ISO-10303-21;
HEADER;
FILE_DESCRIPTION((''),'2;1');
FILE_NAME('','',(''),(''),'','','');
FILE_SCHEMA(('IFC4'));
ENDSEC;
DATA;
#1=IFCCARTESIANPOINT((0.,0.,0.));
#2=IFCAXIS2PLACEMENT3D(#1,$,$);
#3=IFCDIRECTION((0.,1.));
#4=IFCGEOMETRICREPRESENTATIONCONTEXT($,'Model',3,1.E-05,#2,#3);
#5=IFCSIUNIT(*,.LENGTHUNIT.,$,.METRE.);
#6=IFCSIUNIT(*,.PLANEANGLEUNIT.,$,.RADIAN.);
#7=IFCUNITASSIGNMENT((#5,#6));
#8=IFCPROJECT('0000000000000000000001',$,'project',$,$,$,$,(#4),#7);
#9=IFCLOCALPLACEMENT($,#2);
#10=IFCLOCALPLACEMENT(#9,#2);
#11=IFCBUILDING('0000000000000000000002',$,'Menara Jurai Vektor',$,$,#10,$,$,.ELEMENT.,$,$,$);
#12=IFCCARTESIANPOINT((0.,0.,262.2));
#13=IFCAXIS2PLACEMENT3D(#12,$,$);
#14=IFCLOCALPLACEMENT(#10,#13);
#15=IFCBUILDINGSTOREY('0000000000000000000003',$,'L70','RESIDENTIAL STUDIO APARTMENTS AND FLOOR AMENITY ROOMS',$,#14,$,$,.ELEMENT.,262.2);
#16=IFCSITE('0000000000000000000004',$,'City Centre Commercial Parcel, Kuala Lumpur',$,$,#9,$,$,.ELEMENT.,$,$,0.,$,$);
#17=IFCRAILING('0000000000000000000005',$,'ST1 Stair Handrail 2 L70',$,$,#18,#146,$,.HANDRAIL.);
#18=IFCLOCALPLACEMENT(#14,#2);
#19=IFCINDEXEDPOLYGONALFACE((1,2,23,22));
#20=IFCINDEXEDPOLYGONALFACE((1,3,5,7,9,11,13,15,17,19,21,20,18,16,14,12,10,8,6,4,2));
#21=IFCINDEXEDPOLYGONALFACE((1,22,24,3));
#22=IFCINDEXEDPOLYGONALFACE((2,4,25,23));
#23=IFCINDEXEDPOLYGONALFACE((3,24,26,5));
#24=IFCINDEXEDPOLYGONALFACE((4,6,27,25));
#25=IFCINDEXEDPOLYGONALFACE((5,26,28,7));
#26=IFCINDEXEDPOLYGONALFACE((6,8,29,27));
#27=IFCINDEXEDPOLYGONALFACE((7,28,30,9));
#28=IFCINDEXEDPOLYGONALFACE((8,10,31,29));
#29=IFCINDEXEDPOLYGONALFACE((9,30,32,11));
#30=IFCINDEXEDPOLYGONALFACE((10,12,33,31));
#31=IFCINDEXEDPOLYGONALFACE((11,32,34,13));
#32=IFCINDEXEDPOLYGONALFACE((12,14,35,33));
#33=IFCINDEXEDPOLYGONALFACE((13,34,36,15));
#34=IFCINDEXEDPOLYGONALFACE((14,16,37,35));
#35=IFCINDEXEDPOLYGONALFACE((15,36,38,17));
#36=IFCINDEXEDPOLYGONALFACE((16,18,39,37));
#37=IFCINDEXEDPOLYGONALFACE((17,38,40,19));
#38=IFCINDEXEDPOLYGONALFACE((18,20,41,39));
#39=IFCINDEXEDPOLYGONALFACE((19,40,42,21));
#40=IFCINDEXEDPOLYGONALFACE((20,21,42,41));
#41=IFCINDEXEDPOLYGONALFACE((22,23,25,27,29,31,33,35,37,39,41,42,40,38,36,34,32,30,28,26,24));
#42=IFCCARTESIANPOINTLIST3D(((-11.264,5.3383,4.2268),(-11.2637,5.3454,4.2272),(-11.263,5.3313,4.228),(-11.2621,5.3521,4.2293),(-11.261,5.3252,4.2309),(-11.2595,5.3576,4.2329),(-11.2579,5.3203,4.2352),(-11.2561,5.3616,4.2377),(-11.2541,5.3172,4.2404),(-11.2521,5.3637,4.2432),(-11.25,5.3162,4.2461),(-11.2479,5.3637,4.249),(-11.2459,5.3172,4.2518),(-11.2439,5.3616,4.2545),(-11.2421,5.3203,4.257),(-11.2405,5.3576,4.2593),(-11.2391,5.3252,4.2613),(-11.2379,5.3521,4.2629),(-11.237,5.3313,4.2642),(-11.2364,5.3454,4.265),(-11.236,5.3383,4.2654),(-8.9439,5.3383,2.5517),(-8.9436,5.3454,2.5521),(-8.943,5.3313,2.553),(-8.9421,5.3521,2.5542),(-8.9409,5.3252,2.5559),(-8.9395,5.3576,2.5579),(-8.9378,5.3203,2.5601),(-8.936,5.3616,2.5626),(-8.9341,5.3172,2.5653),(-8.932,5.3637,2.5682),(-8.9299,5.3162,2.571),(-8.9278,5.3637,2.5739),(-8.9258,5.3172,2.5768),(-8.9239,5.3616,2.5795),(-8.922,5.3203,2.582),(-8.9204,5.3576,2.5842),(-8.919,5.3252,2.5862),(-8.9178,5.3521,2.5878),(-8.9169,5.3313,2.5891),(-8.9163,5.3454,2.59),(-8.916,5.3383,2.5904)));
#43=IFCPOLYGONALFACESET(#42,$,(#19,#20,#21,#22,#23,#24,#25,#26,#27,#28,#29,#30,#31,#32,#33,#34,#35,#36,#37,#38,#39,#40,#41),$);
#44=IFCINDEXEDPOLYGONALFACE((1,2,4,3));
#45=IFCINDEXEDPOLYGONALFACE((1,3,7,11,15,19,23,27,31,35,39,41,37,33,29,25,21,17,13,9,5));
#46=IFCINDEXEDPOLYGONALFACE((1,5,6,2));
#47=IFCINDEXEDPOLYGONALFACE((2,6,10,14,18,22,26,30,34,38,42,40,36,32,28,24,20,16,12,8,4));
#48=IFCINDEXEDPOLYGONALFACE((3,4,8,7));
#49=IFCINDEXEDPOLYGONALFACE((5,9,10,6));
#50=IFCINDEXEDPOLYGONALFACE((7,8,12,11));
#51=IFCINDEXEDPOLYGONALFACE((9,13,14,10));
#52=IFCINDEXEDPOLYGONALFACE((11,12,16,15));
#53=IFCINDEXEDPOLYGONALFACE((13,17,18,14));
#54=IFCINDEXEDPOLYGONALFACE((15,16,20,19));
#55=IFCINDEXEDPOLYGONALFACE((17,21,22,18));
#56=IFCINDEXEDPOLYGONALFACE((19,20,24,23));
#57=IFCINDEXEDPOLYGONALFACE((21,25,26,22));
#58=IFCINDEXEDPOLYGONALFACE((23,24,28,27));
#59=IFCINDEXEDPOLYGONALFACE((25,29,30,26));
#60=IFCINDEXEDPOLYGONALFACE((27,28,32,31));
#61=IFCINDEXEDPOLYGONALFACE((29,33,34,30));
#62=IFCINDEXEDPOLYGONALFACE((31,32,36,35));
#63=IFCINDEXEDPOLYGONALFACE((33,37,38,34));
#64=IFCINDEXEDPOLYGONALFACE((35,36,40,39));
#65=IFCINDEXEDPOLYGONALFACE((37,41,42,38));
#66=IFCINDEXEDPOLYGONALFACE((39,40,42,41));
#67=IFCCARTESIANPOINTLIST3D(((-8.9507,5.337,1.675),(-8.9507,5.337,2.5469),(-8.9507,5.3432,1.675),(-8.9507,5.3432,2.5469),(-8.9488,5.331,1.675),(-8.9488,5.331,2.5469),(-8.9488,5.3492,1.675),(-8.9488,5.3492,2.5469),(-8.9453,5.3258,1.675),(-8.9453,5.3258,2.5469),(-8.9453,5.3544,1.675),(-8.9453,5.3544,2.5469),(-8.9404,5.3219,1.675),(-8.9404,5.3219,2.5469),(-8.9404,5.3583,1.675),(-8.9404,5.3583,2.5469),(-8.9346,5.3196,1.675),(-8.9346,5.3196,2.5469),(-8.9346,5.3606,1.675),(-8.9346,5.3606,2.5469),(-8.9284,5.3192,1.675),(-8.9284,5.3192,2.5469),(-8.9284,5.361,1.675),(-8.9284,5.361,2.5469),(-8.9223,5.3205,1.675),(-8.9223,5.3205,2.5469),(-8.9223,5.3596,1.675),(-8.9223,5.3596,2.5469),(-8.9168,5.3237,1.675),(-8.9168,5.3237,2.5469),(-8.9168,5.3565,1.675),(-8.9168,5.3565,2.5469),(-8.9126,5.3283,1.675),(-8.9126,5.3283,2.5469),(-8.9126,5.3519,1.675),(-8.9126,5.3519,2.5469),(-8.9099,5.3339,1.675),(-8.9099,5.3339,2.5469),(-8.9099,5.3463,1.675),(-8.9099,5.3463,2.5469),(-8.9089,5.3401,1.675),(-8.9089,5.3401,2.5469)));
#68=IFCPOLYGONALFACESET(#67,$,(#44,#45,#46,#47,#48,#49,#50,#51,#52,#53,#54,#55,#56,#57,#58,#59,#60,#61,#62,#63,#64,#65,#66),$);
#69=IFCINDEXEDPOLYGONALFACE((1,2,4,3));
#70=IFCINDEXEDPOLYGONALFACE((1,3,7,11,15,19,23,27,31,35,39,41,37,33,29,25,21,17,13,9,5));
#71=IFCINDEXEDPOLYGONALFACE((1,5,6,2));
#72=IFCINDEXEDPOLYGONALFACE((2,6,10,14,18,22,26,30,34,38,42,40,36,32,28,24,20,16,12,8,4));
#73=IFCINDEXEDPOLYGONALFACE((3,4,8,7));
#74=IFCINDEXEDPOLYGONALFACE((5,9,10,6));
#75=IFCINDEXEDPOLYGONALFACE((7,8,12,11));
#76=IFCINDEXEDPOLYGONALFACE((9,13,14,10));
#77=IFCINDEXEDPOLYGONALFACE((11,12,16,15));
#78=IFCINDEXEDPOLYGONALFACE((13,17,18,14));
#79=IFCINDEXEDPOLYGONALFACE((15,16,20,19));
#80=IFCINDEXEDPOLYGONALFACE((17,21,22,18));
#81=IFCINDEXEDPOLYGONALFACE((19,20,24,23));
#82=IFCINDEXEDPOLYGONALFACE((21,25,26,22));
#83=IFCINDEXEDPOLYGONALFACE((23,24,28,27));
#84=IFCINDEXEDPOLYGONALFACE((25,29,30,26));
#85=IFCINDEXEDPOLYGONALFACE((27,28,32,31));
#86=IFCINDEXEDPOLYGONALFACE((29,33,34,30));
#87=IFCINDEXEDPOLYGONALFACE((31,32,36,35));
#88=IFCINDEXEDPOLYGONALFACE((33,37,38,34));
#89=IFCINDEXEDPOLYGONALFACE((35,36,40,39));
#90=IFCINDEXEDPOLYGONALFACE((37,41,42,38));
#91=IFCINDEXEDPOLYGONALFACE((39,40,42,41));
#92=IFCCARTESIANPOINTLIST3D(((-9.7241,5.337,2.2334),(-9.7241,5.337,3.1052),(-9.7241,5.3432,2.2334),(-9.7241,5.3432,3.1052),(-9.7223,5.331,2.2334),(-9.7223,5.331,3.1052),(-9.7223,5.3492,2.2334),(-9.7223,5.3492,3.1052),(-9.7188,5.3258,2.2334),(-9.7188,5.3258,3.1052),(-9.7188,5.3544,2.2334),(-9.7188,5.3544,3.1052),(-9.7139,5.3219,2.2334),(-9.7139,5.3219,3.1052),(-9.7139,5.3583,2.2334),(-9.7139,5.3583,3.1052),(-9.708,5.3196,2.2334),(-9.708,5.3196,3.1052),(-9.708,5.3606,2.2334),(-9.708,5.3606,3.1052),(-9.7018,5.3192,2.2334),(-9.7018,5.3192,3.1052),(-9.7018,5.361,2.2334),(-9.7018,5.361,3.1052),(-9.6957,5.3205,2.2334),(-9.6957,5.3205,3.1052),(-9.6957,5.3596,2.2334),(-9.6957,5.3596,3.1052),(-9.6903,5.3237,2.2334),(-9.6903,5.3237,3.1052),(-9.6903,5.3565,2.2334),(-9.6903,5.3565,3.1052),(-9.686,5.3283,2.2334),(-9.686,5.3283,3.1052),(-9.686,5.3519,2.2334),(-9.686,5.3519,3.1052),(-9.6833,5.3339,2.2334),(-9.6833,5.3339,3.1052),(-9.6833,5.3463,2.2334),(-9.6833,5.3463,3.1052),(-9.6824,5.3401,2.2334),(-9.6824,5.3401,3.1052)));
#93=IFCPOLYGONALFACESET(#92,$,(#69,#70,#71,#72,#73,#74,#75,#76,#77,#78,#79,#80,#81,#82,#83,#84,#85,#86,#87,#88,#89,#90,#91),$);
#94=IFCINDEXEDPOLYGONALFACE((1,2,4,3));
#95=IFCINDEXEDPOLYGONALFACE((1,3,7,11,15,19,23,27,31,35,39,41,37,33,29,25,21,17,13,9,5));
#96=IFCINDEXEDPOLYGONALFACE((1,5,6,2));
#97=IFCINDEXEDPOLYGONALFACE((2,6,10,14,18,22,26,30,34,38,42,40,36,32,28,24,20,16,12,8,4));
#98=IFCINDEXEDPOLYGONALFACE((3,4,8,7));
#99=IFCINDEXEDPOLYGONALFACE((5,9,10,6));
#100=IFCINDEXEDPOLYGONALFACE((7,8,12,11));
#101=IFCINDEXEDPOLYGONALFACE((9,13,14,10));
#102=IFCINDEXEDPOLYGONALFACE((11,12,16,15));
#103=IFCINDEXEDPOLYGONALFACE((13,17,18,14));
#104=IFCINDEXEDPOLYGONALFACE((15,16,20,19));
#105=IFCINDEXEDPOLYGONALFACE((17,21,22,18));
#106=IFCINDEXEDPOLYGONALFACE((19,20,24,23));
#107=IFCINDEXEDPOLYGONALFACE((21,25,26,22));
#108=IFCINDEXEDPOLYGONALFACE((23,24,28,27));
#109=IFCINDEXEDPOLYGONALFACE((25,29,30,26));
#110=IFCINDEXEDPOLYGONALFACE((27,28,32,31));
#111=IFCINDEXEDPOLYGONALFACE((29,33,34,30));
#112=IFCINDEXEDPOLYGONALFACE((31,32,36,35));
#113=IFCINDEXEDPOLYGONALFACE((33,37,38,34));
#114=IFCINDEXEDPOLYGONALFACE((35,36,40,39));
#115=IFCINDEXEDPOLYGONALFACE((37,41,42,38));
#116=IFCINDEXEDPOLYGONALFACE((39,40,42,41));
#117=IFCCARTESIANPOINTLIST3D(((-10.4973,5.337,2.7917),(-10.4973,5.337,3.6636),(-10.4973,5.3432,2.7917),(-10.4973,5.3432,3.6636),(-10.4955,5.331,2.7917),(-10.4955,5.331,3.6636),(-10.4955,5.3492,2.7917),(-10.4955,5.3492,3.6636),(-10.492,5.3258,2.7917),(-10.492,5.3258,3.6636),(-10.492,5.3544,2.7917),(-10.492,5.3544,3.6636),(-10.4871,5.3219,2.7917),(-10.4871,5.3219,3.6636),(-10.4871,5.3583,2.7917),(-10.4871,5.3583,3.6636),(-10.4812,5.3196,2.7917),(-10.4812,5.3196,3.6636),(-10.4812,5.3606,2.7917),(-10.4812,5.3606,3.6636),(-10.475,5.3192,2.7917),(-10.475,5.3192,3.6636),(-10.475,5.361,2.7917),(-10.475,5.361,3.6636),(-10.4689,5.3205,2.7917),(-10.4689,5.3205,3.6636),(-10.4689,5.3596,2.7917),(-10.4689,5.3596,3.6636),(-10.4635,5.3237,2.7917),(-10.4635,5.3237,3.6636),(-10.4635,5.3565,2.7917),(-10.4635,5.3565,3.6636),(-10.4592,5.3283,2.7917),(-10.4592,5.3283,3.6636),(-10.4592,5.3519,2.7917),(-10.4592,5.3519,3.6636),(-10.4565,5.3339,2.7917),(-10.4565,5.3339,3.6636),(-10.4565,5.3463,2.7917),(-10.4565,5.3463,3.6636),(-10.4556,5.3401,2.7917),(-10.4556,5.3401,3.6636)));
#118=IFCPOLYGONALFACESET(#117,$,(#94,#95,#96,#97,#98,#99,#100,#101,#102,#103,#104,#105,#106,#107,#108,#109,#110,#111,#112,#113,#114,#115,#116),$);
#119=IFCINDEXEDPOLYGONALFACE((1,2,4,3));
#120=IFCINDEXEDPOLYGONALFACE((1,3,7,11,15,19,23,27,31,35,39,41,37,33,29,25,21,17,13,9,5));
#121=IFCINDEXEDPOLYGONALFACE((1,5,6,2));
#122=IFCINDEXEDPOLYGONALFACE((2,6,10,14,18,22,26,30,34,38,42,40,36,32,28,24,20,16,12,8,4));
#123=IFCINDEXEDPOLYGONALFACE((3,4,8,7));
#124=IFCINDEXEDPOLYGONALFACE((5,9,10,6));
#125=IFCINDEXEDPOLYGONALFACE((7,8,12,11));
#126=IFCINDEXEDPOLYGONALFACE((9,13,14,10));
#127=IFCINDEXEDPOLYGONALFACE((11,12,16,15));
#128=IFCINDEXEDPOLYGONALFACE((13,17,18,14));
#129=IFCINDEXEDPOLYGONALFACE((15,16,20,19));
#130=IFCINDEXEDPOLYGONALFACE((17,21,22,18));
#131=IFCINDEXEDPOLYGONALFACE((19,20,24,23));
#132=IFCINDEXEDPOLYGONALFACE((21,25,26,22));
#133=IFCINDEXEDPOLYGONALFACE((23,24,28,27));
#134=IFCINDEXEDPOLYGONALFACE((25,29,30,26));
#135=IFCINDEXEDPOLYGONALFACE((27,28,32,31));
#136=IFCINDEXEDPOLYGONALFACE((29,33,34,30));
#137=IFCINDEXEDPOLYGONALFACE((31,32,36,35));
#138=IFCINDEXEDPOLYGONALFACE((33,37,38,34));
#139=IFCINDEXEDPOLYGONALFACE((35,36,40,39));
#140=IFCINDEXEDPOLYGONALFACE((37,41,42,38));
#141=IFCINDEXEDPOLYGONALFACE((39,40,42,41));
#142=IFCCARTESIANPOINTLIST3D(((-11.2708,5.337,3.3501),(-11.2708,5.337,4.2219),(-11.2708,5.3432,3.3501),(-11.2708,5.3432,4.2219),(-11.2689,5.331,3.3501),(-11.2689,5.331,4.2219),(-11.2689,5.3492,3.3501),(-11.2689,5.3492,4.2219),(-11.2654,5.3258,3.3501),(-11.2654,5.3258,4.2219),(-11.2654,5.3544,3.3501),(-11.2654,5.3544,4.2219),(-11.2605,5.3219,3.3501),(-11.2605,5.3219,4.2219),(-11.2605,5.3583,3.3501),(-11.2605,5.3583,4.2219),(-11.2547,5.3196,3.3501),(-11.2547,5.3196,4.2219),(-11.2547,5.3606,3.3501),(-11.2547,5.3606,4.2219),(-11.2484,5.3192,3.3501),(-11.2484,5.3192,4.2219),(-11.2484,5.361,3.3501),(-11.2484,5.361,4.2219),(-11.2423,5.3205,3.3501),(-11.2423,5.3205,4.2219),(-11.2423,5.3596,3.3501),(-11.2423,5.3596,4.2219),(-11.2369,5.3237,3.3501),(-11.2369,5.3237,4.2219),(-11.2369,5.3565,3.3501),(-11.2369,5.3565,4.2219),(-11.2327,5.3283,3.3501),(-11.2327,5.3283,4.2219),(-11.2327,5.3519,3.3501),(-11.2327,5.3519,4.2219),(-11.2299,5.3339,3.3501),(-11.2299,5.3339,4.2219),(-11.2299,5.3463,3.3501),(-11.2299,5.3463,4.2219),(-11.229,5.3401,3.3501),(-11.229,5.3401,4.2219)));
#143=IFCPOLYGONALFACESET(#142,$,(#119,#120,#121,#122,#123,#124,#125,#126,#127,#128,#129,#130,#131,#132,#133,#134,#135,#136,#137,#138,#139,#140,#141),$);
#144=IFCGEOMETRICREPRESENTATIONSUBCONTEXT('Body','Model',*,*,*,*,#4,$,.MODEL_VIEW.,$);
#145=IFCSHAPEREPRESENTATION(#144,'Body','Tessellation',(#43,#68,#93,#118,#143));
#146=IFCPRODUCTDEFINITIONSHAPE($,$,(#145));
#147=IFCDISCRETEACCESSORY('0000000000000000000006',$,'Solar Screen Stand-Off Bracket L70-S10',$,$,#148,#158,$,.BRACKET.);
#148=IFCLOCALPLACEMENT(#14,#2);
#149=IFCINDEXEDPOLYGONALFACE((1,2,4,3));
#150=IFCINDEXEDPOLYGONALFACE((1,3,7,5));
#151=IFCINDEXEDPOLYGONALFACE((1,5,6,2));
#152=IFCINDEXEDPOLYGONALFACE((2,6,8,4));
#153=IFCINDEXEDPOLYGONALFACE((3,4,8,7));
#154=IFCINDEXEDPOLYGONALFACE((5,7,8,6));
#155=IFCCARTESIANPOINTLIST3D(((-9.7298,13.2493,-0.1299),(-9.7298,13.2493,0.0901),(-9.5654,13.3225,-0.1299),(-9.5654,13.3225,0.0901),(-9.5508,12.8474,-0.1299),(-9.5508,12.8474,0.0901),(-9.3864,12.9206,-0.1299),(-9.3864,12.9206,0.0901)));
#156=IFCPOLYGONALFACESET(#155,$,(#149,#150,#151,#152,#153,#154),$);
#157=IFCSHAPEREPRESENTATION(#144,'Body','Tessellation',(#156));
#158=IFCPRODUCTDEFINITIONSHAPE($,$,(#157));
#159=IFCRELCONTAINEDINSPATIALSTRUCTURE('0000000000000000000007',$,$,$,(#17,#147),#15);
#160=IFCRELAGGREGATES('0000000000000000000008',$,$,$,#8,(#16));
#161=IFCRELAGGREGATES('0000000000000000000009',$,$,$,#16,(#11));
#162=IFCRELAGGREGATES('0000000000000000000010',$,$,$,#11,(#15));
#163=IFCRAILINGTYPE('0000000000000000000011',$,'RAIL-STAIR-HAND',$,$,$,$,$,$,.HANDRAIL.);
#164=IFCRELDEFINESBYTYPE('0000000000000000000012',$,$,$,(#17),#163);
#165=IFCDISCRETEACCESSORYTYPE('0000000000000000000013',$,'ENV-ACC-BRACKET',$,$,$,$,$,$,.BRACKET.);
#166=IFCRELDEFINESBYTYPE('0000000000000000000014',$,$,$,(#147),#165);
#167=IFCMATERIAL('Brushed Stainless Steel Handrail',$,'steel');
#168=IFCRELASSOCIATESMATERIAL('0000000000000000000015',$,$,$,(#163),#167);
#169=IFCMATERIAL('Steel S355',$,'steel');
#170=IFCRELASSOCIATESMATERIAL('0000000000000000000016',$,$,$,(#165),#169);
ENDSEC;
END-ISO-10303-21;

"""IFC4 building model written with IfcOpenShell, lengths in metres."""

from ifc_helpers import new_model, si_unit, direction, frame, origin, origin_2d, place, context, subcontext, project, spatial, rectangle, circle, extrude, material, type_object, element, save


model = new_model("IFC4")

# Units and contexts
model_context = context("Model", 3, precision=1e-05, world=origin(), true_north=direction((0.0, 1.0)))
body_context = subcontext(model_context, "Body", "Model", "MODEL_VIEW")
ifc_project = project(units=[si_unit("LENGTHUNIT", "METRE"), si_unit("PLANEANGLEUNIT", "RADIAN")], contexts=[model_context])

# Site, building, storey
site_placement = place(None, origin())
site = spatial("IfcSite", under=ifc_project, at=site_placement, Name="City Centre Commercial Parcel, Kuala Lumpur", CompositionType="ELEMENT", RefElevation=0.0)
building_placement = place(site_placement, origin())
building = spatial("IfcBuilding", under=site, at=building_placement, Name="Menara Jurai Vektor", CompositionType="ELEMENT")
storey_placement = place(building_placement, frame((0.0, 0.0, 262.2)))
storey = spatial("IfcBuildingStorey", under=building, at=storey_placement, Name="L70", Description="RESIDENTIAL STUDIO APARTMENTS AND FLOOR AMENITY ROOMS", CompositionType="ELEMENT", Elevation=262.2)

# Shared definitions
ifc_material_1 = material(Name="Steel S355", Category="steel")

# Railing
ifc_material_2 = material(Name="Brushed Stainless Steel Handrail", Category="steel")
railing_type = type_object("IfcRailingType", Name="RAIL-STAIR-HAND", PredefinedType="HANDRAIL", material=ifc_material_2)
railing_placement = place(storey_placement, frame((-8.9299, 5.3401, 1.675)))
element("IfcRailing", 1, at=railing_placement, inside=storey, type_object=railing_type, Name="ST1 Stair Handrail 2 L70", PredefinedType="HANDRAIL", context=body_context, shape_type="SweptSolid", body=[
    extrude(circle(Radius=0.0239, at=origin_2d()), frame((0.0, 0.0, 0.896), z_axis=(-0.810771, 0.0, 0.585363), x_axis=(0.0, -1.0, 0.0)), (0.0, 0.0, 1.0), 2.8616),
    extrude(circle(Radius=0.021, at=origin_2d()), origin(), (0.0, 0.0, 1.0), 0.8718),
    extrude(circle(Radius=0.021, at=origin_2d()), frame((-0.7734, 0.0, 0.5583)), (0.0, 0.0, 1.0), 0.8718),
    extrude(circle(Radius=0.021, at=origin_2d()), frame((-1.5466, 0.0, 1.1167)), (0.0, 0.0, 1.0), 0.8718),
    extrude(circle(Radius=0.021, at=origin_2d()), frame((-2.3201, 0.0, 1.675)), (0.0, 0.0, 1.0), 0.8718),
])

# Discrete accessory
discrete_accessory_type = type_object("IfcDiscreteAccessoryType", Name="ENV-ACC-BRACKET", PredefinedType="BRACKET", material=ifc_material_1)
discrete_accessory_placement = place(storey_placement, frame((-9.5581, 13.085, -0.1299), z_axis=(0.0, 0.0, 1.0), x_axis=(-0.913545, -0.406737, 0.0)))
element("IfcDiscreteAccessory", 2, at=discrete_accessory_placement, inside=storey, type_object=discrete_accessory_type, Name="Solar Screen Stand-Off Bracket L70-S10", PredefinedType="BRACKET", context=body_context, shape_type="SweptSolid", body=[
    extrude(rectangle(XDim=0.1799, YDim=0.4399, at=origin_2d()), origin(), (0.0, 0.0, 1.0), 0.22),
])

save(model, "model.ifc")
